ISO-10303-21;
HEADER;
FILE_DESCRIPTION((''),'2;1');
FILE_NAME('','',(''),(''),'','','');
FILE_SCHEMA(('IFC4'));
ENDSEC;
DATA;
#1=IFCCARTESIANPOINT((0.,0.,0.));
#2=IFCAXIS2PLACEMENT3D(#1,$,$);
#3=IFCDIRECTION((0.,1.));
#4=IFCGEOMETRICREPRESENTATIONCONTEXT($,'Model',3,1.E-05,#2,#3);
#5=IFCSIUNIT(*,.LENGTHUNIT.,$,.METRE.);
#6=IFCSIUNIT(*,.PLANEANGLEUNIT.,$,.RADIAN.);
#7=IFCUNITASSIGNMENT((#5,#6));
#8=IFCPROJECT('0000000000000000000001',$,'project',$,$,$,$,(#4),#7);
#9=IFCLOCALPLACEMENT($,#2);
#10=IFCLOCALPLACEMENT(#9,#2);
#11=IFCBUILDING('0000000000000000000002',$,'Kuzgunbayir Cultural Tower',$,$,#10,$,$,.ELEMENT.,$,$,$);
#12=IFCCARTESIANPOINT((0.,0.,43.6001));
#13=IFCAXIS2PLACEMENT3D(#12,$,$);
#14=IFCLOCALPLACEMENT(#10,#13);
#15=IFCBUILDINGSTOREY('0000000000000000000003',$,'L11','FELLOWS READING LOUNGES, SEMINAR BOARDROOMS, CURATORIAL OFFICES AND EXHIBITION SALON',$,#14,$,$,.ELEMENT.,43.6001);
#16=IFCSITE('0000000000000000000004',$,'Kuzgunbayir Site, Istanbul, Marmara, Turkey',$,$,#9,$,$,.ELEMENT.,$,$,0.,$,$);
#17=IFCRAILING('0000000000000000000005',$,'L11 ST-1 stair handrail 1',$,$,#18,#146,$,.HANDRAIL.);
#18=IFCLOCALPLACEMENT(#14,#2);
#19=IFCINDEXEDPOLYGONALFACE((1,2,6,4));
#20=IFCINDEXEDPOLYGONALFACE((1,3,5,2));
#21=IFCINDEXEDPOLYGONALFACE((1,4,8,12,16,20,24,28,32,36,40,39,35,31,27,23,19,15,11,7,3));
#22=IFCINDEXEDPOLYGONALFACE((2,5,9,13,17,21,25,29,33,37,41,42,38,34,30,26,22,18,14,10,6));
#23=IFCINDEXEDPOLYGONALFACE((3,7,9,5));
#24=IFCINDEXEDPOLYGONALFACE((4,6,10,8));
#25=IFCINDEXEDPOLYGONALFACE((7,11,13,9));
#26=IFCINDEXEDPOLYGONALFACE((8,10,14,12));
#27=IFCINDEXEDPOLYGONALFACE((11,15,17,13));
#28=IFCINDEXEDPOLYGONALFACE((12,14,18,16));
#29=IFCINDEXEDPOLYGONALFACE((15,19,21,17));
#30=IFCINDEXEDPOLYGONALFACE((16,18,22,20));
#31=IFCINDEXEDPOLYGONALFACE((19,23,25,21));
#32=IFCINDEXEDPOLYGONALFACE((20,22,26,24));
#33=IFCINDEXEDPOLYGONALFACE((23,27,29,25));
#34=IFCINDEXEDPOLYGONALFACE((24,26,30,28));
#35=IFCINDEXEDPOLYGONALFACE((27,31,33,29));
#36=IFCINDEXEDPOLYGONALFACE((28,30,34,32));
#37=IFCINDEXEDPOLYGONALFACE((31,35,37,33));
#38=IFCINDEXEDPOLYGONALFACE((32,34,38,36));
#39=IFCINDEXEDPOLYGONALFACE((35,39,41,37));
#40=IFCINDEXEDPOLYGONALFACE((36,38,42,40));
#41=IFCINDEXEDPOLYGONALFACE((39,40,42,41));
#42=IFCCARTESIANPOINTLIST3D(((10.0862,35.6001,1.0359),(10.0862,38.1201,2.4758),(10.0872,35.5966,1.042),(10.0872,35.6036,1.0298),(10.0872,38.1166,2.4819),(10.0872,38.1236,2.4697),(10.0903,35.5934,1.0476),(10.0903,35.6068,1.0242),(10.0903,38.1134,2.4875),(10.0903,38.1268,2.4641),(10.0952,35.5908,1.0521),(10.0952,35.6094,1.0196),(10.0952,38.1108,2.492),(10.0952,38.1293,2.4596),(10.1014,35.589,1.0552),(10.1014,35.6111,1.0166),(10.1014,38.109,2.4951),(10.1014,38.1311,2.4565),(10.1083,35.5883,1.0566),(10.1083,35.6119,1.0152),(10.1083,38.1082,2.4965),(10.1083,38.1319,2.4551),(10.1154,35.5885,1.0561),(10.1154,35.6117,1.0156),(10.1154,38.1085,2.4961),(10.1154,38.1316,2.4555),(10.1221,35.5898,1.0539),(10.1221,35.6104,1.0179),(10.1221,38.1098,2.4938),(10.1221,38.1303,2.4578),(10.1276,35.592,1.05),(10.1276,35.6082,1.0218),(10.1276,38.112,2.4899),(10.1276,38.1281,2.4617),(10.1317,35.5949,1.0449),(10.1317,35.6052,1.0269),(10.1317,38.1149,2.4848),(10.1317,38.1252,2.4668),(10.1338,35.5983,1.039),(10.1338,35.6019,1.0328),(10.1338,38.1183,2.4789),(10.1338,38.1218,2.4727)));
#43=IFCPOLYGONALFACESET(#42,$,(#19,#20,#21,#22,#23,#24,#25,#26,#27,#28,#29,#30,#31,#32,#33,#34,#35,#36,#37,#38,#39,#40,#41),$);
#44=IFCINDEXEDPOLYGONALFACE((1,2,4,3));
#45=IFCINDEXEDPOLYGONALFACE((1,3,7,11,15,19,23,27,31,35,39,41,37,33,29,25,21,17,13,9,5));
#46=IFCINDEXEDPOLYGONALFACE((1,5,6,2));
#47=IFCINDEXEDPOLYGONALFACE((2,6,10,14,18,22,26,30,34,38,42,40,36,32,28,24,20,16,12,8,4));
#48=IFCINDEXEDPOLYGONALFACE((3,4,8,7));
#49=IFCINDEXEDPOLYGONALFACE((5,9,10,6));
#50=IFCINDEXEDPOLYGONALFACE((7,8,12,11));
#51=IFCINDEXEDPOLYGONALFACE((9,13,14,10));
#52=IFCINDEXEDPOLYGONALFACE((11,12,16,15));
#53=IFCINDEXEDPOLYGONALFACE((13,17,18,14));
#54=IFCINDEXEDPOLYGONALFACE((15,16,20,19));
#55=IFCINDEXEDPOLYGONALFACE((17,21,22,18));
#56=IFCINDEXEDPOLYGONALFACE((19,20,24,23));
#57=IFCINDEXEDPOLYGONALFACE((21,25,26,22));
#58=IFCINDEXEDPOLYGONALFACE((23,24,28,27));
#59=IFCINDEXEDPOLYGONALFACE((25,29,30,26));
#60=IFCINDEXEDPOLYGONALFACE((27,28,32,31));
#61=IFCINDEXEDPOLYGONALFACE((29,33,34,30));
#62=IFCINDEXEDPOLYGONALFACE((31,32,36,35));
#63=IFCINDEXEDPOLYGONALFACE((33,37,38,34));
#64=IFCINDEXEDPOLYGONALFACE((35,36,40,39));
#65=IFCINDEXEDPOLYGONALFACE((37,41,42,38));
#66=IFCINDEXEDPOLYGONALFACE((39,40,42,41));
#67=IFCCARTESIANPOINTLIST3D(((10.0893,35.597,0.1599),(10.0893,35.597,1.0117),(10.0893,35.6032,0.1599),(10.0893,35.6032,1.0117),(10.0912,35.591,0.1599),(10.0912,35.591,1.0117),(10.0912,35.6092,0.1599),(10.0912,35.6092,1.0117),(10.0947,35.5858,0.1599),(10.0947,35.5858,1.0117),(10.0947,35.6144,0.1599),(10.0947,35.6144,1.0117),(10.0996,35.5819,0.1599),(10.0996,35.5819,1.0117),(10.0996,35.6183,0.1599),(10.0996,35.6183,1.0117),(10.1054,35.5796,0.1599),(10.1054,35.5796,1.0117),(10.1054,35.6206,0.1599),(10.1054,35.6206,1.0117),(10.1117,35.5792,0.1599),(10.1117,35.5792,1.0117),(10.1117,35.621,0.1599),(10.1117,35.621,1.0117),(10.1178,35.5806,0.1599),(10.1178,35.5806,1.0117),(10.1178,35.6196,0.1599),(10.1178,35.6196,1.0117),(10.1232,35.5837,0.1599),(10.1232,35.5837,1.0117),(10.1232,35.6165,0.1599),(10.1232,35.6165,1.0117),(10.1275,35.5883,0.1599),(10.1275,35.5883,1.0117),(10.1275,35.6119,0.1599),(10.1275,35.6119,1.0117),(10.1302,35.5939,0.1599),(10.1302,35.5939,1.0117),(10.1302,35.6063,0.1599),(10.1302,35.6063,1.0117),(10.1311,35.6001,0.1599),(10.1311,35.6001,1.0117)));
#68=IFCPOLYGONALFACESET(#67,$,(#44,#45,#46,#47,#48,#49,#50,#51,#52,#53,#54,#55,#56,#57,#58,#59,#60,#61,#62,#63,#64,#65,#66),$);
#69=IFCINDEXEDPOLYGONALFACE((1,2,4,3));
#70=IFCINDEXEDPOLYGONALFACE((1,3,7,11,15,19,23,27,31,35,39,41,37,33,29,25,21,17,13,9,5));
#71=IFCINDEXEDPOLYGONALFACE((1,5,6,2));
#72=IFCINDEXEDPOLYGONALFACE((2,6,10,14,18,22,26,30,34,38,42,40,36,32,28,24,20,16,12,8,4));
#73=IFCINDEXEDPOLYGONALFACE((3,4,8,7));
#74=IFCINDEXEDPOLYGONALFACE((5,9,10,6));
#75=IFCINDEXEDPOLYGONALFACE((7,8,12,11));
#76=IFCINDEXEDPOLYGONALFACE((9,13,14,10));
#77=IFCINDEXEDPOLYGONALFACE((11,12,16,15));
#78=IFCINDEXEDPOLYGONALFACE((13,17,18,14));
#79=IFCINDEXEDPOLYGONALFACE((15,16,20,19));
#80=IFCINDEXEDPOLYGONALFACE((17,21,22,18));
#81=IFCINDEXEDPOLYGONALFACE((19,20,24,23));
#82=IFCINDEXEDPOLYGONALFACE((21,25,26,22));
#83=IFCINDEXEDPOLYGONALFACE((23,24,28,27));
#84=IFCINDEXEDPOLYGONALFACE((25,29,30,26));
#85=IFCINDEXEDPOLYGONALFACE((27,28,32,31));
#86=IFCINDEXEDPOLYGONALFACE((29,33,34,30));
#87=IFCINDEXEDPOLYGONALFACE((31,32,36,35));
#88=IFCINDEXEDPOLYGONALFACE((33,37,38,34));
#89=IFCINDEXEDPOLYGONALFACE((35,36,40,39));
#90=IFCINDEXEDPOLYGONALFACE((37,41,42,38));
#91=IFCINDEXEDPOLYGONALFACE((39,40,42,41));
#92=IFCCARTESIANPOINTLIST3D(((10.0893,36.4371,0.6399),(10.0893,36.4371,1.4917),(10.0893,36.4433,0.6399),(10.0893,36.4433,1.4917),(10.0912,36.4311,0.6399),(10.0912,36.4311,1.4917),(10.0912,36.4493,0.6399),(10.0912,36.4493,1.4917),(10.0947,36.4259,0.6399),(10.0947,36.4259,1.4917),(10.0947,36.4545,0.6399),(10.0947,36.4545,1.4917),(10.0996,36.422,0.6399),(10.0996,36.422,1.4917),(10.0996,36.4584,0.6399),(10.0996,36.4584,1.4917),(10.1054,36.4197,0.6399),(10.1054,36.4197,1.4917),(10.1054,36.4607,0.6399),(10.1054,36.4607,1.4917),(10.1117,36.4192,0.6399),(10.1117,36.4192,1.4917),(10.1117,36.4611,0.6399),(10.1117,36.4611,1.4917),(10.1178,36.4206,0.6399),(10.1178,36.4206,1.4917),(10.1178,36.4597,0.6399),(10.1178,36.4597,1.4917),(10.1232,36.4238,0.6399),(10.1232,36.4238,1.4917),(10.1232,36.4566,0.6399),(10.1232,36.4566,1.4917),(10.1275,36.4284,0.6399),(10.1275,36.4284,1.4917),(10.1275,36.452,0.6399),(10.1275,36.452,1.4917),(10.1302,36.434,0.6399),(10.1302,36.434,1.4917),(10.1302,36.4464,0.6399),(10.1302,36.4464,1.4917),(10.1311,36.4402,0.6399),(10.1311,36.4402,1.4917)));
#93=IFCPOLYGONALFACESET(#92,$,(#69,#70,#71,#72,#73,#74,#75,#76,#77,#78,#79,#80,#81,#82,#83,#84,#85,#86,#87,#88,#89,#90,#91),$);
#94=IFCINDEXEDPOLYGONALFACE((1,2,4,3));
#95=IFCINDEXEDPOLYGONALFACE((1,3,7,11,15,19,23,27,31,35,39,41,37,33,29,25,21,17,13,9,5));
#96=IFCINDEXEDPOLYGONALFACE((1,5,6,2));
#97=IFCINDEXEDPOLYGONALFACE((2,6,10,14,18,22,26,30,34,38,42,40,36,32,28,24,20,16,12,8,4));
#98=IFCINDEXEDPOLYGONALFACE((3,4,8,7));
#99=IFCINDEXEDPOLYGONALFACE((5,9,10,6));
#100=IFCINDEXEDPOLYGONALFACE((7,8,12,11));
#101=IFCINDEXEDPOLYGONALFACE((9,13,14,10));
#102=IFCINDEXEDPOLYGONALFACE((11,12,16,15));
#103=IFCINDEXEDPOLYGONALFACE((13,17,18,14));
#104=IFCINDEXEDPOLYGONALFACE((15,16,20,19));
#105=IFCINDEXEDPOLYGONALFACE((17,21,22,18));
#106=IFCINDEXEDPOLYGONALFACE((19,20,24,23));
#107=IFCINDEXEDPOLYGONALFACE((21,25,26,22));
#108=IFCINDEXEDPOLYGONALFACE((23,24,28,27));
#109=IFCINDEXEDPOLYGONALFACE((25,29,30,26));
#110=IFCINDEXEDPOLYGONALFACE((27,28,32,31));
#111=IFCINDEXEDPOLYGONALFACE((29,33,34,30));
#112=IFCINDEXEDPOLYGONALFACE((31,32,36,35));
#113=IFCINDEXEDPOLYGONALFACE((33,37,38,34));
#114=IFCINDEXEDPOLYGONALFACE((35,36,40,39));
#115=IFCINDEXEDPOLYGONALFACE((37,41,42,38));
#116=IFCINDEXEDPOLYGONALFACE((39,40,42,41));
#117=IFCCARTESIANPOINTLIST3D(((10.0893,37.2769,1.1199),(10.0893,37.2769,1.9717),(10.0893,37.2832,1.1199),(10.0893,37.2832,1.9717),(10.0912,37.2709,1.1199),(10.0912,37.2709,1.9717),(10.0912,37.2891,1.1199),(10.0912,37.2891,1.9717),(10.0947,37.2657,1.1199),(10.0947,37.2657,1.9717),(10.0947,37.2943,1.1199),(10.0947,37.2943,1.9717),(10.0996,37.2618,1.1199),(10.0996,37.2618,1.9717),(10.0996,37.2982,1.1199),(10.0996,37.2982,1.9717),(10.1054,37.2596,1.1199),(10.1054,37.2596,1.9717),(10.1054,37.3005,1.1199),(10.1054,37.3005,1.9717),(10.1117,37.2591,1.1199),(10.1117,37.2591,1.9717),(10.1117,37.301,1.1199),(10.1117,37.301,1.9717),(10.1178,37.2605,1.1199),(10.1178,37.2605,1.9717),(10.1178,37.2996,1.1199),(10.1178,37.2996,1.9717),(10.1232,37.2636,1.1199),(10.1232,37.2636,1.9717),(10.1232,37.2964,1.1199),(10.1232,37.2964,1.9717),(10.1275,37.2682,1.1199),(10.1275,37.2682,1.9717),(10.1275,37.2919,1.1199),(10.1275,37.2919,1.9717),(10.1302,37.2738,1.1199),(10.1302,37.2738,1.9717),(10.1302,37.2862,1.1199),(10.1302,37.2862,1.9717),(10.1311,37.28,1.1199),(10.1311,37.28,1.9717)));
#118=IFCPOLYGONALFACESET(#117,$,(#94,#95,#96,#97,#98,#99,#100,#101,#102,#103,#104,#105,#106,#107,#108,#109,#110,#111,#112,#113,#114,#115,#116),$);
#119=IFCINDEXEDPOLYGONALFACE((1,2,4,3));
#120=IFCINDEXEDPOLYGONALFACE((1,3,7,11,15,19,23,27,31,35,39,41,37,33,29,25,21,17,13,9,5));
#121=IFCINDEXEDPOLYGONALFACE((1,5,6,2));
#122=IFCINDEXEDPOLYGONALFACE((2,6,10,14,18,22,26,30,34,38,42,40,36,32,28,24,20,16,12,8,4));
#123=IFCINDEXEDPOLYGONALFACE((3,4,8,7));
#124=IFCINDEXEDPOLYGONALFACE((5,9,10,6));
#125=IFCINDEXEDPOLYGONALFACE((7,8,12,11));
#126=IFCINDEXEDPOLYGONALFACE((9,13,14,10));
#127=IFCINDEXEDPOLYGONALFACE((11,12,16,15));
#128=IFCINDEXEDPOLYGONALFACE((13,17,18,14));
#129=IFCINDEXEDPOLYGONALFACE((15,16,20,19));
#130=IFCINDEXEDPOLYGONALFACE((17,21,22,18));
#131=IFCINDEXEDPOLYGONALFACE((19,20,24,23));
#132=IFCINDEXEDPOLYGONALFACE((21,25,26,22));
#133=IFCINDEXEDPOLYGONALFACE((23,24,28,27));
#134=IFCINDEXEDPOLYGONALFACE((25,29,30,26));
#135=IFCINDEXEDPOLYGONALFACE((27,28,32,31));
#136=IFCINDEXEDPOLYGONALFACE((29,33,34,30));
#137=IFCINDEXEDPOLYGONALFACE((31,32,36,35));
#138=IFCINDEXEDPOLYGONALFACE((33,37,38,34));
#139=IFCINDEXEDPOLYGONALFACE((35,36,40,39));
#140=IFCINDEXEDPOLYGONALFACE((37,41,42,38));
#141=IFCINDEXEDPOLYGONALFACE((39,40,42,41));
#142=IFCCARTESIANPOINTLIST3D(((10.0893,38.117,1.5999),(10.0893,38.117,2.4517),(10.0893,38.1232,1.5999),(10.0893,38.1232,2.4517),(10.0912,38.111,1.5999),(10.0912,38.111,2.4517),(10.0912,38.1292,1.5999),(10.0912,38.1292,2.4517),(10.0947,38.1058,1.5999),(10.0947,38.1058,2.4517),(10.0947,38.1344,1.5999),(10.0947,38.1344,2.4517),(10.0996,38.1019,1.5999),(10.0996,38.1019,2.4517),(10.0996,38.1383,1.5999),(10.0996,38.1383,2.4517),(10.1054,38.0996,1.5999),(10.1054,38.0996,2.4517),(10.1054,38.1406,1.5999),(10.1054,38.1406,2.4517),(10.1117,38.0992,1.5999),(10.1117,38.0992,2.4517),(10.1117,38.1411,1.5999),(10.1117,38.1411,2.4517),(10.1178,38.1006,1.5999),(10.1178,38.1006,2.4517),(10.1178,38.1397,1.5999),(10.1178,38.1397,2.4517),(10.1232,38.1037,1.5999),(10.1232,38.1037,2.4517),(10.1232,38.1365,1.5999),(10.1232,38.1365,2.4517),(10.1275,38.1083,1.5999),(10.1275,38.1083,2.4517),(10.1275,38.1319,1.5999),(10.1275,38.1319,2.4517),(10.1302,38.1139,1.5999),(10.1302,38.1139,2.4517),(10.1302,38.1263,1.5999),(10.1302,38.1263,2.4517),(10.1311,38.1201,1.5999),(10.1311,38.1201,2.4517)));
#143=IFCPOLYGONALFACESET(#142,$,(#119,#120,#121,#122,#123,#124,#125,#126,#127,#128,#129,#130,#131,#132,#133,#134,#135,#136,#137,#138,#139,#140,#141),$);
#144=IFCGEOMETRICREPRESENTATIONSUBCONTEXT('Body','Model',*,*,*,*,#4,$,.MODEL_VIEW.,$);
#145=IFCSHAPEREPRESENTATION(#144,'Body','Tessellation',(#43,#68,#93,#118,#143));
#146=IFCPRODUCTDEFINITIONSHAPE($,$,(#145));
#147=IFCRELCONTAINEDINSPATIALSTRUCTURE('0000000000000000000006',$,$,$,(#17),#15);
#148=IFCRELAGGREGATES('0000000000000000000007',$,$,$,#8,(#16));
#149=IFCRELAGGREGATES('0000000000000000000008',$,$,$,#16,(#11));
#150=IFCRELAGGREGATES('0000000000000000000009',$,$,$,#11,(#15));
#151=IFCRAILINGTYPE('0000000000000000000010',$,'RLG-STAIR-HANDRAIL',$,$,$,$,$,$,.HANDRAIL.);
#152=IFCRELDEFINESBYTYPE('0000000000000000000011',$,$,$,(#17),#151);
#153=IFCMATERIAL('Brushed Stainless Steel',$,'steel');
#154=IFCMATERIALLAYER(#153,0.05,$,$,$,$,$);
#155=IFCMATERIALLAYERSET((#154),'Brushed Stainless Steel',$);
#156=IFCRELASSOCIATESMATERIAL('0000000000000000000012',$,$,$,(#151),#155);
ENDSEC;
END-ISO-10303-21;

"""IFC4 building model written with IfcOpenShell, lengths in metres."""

from ifc_helpers import new_model, si_unit, direction, frame, origin, origin_2d, place, context, subcontext, project, spatial, circle, extrude, material, layer, layer_set, type_object, element, save


model = new_model("IFC4")

# Units and contexts
model_context = context("Model", 3, precision=1e-05, world=origin(), true_north=direction((0.0, 1.0)))
body_context = subcontext(model_context, "Body", "Model", "MODEL_VIEW")
ifc_project = project(units=[si_unit("LENGTHUNIT", "METRE"), si_unit("PLANEANGLEUNIT", "RADIAN")], contexts=[model_context])

# Site, building, storey
site_placement = place(None, origin())
site = spatial("IfcSite", under=ifc_project, at=site_placement, Name="Kuzgunbayir Site, Istanbul, Marmara, Turkey", CompositionType="ELEMENT", RefElevation=0.0)
building_placement = place(site_placement, origin())
building = spatial("IfcBuilding", under=site, at=building_placement, Name="Kuzgunbayir Cultural Tower", CompositionType="ELEMENT")
storey_placement = place(building_placement, frame((0.0, 0.0, 43.6001)))
storey = spatial("IfcBuildingStorey", under=building, at=storey_placement, Name="L11", Description="FELLOWS READING LOUNGES, SEMINAR BOARDROOMS, CURATORIAL OFFICES AND EXHIBITION SALON", CompositionType="ELEMENT", Elevation=43.6001)

# Shared definitions
ifc_material_1 = material(Name="Brushed Stainless Steel", Category="steel")

# Railing
ifc_layer_1 = layer(ifc_material_1, 0.05)
ifc_layer_set_1 = layer_set([ifc_layer_1], Name="Brushed Stainless Steel")
railing_type_1 = type_object("IfcRailingType", Name="RLG-STAIR-HANDRAIL", PredefinedType="HANDRAIL", material=ifc_layer_set_1)
railing_1_placement = place(storey_placement, frame((10.1101, 35.6001, 0.1599)))
element("IfcRailing", 1, at=railing_1_placement, inside=storey, type_object=railing_type_1, Name="L11 ST-1 stair handrail 1", PredefinedType="HANDRAIL", context=body_context, shape_type="SweptSolid", body=[
    extrude(circle(Radius=0.0239, at=origin_2d()), frame((0.0, 0.0, 0.876), z_axis=(0.0, 0.868253, 0.496121), x_axis=(-1.0, 0.0, 0.0)), (0.0, 0.0, 1.0), 2.9023),
    extrude(circle(Radius=0.021, at=origin_2d()), origin(), (0.0, 0.0, 1.0), 0.8518),
    extrude(circle(Radius=0.021, at=origin_2d()), frame((0.0, 0.8401, 0.48)), (0.0, 0.0, 1.0), 0.8518),
    extrude(circle(Radius=0.021, at=origin_2d()), frame((0.0, 1.6799, 0.96)), (0.0, 0.0, 1.0), 0.8518),
    extrude(circle(Radius=0.021, at=origin_2d()), frame((0.0, 2.52, 1.4399)), (0.0, 0.0, 1.0), 0.8518),
])

save(model, "model.ifc")
